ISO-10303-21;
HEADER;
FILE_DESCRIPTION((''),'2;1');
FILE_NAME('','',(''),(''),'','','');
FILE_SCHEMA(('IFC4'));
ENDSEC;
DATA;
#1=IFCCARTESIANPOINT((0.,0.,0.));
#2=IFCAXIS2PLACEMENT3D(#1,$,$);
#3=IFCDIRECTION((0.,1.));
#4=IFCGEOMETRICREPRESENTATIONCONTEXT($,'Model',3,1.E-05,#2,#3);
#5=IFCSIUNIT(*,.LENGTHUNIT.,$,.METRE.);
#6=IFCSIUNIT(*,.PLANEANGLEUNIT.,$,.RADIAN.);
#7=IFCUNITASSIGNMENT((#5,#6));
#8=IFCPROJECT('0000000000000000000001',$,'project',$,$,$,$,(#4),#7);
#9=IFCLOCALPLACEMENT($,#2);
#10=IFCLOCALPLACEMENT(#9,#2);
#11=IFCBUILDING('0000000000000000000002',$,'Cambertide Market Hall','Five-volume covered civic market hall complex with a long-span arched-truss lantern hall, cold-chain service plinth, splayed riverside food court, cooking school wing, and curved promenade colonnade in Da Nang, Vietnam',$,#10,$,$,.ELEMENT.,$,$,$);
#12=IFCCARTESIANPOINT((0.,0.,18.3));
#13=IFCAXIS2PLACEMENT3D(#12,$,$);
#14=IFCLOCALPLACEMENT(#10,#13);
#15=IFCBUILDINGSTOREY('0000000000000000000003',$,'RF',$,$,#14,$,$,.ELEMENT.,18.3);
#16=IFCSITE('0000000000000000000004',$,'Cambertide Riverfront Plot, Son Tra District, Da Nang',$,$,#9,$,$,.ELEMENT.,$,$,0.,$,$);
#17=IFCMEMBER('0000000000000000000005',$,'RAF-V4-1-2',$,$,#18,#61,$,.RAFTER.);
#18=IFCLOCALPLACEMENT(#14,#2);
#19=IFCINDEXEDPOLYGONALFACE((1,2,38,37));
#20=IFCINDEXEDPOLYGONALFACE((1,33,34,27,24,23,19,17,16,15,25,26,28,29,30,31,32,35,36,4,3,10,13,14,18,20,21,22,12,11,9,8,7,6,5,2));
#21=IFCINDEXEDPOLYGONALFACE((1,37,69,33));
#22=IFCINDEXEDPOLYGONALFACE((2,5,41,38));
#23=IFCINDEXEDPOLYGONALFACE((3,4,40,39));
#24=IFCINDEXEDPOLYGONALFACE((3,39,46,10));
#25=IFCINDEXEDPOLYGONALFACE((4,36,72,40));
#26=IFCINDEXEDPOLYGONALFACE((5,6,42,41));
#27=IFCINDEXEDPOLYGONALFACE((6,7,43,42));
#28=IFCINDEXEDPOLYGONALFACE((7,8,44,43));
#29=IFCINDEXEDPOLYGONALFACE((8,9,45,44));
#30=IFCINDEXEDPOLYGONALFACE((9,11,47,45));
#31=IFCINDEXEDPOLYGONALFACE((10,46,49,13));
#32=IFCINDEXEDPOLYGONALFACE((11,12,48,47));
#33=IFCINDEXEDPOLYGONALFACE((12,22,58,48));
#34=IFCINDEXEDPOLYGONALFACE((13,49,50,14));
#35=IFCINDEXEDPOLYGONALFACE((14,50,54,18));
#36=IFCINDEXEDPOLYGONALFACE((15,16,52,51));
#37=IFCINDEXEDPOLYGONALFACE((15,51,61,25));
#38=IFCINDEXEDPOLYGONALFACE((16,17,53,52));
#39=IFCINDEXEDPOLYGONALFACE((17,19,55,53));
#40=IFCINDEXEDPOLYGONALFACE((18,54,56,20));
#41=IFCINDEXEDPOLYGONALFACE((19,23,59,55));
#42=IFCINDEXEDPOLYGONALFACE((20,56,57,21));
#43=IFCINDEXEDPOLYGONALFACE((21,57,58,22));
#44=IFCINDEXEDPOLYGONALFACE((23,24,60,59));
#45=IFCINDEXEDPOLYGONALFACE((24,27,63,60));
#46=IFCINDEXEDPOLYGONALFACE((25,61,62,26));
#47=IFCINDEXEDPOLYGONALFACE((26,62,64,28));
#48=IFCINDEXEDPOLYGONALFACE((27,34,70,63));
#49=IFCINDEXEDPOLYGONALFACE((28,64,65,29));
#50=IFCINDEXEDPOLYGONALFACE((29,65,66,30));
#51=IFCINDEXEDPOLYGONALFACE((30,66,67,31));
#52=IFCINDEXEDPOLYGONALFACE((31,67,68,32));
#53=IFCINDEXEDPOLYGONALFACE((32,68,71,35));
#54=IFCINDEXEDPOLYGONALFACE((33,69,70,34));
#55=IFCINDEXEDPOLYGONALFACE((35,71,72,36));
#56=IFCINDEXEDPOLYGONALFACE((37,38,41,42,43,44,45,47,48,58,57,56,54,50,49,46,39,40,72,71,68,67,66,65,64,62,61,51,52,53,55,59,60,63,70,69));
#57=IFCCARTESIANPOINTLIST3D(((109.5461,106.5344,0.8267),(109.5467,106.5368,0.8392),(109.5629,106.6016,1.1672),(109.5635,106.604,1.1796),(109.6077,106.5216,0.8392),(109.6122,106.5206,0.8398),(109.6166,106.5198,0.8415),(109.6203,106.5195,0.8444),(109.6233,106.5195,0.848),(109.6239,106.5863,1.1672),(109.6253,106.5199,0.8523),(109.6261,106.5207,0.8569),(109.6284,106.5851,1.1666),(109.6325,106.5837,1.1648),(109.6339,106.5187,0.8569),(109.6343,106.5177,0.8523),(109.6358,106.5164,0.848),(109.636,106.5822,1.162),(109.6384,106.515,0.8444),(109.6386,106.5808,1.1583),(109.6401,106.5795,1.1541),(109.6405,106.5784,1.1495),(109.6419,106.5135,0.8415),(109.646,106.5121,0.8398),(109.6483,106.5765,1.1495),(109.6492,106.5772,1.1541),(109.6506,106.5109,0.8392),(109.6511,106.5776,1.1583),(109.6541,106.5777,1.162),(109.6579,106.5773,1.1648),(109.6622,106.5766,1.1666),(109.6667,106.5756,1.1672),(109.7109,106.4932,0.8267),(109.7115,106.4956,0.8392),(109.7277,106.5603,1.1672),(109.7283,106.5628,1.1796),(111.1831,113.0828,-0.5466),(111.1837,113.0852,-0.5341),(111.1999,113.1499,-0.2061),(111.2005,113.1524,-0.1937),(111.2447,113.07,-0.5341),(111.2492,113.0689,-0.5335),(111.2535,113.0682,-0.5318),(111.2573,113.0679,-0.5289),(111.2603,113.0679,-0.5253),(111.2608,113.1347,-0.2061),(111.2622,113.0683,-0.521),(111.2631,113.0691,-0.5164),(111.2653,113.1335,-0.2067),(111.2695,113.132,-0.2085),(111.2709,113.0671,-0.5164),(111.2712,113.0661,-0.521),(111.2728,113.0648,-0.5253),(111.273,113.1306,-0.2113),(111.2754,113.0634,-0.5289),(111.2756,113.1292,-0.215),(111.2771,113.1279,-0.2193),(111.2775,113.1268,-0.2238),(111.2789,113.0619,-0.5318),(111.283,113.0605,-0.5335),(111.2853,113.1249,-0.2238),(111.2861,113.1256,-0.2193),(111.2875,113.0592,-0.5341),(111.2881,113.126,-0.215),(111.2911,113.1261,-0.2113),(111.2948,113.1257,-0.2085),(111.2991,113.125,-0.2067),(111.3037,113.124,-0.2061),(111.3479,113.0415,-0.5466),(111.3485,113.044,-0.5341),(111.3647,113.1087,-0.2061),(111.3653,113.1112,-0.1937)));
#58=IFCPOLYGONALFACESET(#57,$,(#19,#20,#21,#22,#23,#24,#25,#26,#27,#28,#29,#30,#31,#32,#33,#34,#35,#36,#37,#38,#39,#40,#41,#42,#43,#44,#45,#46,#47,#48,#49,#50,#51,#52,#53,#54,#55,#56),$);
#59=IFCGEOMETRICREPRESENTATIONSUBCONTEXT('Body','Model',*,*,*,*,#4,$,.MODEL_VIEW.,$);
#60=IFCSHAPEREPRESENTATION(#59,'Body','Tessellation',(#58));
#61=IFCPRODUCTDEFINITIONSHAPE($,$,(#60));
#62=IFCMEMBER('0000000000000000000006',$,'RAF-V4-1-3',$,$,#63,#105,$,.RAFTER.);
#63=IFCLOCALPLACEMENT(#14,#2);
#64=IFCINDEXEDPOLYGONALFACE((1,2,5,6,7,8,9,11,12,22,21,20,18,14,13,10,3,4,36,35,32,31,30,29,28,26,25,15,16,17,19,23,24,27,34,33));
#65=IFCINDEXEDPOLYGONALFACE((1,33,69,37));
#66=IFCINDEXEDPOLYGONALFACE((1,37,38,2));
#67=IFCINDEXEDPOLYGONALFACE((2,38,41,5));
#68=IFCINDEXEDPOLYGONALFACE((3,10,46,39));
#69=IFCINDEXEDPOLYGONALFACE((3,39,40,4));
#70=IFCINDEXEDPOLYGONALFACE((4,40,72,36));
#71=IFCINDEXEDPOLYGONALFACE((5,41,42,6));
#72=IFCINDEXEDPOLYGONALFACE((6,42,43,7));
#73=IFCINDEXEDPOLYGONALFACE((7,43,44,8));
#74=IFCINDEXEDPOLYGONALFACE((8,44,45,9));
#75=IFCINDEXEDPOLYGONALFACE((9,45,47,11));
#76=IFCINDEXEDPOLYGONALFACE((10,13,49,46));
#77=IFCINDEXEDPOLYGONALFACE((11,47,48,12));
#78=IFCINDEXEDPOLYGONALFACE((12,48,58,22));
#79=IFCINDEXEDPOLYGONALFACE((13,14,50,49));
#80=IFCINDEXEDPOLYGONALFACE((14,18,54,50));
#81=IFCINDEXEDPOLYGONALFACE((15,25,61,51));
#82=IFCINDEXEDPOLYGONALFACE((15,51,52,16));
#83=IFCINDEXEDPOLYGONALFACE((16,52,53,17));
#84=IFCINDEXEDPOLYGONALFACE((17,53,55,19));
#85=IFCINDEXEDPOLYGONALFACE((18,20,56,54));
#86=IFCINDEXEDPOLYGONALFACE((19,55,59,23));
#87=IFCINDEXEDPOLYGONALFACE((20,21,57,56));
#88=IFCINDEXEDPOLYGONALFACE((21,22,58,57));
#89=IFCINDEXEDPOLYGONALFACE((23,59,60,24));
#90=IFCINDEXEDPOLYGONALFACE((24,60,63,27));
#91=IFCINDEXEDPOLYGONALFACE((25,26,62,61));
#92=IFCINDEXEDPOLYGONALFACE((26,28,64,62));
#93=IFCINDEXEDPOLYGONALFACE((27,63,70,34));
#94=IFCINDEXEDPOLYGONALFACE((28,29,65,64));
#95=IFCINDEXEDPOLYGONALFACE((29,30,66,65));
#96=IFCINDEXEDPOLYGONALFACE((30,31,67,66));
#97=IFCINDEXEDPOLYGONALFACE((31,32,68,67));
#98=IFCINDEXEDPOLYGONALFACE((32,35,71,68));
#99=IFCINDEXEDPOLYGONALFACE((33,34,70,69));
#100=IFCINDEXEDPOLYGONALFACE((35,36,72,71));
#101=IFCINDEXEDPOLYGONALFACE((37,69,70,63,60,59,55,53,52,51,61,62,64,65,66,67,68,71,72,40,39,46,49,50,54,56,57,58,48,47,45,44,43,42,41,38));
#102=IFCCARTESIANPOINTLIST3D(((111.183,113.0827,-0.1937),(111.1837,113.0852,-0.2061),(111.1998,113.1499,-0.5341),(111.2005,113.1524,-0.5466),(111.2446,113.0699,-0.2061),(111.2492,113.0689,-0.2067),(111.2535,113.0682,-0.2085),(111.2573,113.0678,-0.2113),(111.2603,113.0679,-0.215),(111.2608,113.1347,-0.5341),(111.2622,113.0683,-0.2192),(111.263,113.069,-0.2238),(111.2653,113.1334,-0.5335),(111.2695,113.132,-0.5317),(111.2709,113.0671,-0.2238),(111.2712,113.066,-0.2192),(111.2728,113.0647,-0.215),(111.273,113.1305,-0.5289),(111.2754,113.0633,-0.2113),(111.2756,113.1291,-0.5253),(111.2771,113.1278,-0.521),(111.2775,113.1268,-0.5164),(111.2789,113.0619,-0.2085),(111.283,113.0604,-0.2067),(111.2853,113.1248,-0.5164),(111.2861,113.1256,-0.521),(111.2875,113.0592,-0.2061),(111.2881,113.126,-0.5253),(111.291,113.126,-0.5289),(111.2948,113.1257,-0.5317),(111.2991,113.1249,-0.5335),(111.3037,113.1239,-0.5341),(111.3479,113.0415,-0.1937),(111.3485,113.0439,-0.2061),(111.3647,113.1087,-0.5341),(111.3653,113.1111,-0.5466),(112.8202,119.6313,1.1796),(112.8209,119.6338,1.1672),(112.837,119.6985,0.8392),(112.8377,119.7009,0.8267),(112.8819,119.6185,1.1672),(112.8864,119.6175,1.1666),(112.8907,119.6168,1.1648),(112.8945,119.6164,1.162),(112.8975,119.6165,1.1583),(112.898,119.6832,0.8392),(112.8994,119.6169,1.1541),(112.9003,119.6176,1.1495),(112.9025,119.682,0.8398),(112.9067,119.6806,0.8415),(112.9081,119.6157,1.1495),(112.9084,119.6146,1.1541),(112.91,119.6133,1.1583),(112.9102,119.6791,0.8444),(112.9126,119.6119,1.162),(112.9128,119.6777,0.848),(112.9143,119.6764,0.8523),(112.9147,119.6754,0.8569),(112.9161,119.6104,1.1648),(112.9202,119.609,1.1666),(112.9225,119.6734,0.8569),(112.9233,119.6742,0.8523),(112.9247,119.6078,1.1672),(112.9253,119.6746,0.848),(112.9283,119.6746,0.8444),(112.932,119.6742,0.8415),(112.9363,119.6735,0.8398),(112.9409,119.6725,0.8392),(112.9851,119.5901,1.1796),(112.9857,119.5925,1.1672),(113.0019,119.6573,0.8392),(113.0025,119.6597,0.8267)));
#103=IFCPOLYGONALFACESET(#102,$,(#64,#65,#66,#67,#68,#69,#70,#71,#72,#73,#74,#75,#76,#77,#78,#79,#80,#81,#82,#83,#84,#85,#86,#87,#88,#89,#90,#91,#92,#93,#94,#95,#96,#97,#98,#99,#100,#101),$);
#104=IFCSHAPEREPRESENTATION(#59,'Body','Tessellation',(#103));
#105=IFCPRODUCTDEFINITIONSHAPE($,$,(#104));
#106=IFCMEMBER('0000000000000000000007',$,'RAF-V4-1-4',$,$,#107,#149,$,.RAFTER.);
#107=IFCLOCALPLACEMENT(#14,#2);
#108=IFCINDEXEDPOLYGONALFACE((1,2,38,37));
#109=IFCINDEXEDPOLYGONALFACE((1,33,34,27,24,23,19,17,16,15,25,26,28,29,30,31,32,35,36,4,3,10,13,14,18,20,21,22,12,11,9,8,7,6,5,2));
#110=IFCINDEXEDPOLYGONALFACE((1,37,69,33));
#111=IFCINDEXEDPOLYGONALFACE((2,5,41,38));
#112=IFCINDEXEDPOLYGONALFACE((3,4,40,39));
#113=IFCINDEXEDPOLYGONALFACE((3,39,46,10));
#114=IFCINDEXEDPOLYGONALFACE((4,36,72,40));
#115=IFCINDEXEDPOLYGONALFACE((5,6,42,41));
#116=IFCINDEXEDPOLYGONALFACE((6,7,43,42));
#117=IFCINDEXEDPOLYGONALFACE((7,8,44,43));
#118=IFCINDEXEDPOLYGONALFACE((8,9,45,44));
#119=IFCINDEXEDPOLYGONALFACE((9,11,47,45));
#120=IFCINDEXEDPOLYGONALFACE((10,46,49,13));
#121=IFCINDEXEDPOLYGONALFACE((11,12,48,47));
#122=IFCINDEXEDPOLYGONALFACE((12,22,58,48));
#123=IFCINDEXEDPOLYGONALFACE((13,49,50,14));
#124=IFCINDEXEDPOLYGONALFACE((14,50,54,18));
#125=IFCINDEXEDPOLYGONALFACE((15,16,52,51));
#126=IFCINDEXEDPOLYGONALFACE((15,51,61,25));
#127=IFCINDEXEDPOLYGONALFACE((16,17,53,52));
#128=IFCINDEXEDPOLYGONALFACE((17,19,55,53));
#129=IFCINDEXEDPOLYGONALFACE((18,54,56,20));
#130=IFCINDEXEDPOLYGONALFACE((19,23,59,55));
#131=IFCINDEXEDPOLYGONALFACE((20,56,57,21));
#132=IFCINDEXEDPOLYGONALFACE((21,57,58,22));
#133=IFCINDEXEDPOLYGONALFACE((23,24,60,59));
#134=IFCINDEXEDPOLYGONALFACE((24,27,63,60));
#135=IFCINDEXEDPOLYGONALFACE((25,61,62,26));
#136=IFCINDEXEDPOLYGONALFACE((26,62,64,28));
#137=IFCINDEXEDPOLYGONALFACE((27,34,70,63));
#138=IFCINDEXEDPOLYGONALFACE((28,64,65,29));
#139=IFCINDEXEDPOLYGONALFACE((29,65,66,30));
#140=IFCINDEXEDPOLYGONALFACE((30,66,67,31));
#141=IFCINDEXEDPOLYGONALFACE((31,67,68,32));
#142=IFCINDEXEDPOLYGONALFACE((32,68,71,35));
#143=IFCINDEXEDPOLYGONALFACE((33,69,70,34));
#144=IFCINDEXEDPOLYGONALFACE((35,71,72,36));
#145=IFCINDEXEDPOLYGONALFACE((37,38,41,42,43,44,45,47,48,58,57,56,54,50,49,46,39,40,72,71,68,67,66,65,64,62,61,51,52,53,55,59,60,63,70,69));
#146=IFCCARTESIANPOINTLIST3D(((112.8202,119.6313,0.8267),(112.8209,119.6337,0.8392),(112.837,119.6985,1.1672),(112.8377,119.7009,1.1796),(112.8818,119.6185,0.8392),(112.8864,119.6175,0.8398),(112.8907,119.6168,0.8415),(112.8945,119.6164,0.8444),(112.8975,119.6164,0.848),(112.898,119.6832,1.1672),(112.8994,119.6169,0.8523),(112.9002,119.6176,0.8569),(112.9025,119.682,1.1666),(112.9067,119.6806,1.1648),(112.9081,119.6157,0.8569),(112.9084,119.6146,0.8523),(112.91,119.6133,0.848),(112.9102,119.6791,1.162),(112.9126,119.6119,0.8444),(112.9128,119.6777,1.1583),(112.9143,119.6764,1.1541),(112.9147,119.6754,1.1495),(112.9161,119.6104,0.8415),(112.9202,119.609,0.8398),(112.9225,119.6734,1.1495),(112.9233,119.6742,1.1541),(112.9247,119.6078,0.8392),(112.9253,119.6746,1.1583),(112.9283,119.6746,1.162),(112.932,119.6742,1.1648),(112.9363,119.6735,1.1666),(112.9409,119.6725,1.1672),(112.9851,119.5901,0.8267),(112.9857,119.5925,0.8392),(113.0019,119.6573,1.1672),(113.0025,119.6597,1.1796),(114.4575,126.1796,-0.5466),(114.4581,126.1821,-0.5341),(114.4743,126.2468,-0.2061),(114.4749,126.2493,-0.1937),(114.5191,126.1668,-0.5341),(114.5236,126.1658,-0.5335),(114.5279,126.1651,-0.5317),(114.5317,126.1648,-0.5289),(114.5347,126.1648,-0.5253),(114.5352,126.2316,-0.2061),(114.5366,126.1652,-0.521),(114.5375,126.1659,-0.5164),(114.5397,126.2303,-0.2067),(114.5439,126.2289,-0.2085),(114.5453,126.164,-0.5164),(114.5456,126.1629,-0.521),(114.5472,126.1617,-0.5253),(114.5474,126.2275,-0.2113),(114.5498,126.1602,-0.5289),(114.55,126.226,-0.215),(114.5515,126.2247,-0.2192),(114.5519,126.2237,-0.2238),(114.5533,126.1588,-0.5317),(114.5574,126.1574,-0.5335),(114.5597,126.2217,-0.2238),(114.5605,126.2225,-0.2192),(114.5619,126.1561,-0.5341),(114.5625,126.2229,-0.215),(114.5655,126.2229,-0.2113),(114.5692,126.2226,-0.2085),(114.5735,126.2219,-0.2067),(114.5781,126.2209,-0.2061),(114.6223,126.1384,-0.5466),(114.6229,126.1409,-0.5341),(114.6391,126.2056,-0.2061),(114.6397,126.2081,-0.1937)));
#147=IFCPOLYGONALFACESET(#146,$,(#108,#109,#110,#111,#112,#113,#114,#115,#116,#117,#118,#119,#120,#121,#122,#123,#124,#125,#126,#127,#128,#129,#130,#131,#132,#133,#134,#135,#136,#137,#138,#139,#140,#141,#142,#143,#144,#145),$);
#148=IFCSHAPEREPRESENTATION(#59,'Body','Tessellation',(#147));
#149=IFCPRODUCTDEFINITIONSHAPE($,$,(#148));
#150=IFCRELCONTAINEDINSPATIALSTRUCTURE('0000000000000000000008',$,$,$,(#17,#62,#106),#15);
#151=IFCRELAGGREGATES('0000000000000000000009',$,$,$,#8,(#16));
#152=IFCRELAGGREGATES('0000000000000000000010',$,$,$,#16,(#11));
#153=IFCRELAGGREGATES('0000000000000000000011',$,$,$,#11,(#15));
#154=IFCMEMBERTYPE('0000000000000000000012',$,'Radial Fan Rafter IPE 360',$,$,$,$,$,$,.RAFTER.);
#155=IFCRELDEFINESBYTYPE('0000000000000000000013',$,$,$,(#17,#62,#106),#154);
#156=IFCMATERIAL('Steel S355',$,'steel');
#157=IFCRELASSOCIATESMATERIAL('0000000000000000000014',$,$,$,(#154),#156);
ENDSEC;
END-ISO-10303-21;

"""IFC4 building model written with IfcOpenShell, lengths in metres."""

from ifc_helpers import new_model, si_unit, direction, frame, origin, origin_2d, place, context, subcontext, project, spatial, i_section, extrude, material, material_profile, profile_set, type_object, element, save


model = new_model("IFC4")

# Units and contexts
model_context = context("Model", 3, precision=1e-05, world=origin(), true_north=direction((0.0, 1.0)))
body_context = subcontext(model_context, "Body", "Model", "MODEL_VIEW")
ifc_project = project(units=[si_unit("LENGTHUNIT", "METRE"), si_unit("PLANEANGLEUNIT", "RADIAN")], contexts=[model_context])

# Site, building, storey
site_placement = place(None, origin())
site = spatial("IfcSite", under=ifc_project, at=site_placement, Name="Cambertide Riverfront Plot, Son Tra District, Da Nang", CompositionType="ELEMENT", RefElevation=0.0)
building_placement = place(site_placement, origin())
building = spatial("IfcBuilding", under=site, at=building_placement, Name="Cambertide Market Hall", Description="Five-volume covered civic market hall complex with a long-span arched-truss lantern hall, cold-chain service plinth, splayed riverside food court, cooking school wing, and curved promenade colonnade in Da Nang, Vietnam", CompositionType="ELEMENT")
storey_placement = place(building_placement, frame((0.0, 0.0, 18.3)))
storey = spatial("IfcBuildingStorey", under=building, at=storey_placement, Name="RF", CompositionType="ELEMENT", Elevation=18.3)

# Members
ifc_material_1 = material(Name="Steel S355", Category="steel")
ifc_material_profile_1 = material_profile(ifc_material_1, i_section(OverallWidth=0.1699, OverallDepth=0.3601, WebThickness=0.0081, FlangeThickness=0.0127, FilletRadius=0.0181, at=origin_2d()), Name="IPE 360")
ifc_profile_set_1 = profile_set([ifc_material_profile_1], Name="Steel S355")
member_type_1 = type_object("IfcMemberType", Name="Radial Fan Rafter IPE 360", PredefinedType="RAFTER", material=ifc_profile_set_1)
member_1_placement = place(storey_placement, frame((109.6372, 106.5486, 1.0032), z_axis=(0.23765, 0.95067, -0.199371), x_axis=(-0.970147, 0.242519, 0.0)))
element("IfcMember", 1, at=member_1_placement, inside=storey, type_object=member_type_1, Name="RAF-V4-1-2", PredefinedType="RAFTER", context=body_context, shape_type="SweptSolid", body=[
    extrude(i_section(OverallWidth=0.1699, OverallDepth=0.3601, WebThickness=0.0081, FlangeThickness=0.0127, FilletRadius=0.0181, at=origin_2d()), origin(), (0.0, 0.0, 1.0), 6.8882),
])
member_2_placement = place(storey_placement, frame((111.2742, 113.0969, -0.3701), z_axis=(0.237675, 0.950666, 0.199362), x_axis=(-0.97014, 0.242544, 0.0)))
element("IfcMember", 2, at=member_2_placement, inside=storey, type_object=member_type_1, Name="RAF-V4-1-3", PredefinedType="RAFTER", context=body_context, shape_type="SweptSolid", body=[
    extrude(i_section(OverallWidth=0.1699, OverallDepth=0.3601, WebThickness=0.0081, FlangeThickness=0.0127, FilletRadius=0.0181, at=origin_2d()), origin(), (0.0, 0.0, 1.0), 6.8884),
])
member_3_placement = place(storey_placement, frame((112.9114, 119.6455, 1.0032), z_axis=(0.237683, 0.950662, -0.199369), x_axis=(-0.970138, 0.242553, 0.0)))
element("IfcMember", 3, at=member_3_placement, inside=storey, type_object=member_type_1, Name="RAF-V4-1-4", PredefinedType="RAFTER", context=body_context, shape_type="SweptSolid", body=[
    extrude(i_section(OverallWidth=0.1699, OverallDepth=0.3601, WebThickness=0.0081, FlangeThickness=0.0127, FilletRadius=0.0181, at=origin_2d()), origin(), (0.0, 0.0, 1.0), 6.8882),
])

save(model, "model.ifc")
